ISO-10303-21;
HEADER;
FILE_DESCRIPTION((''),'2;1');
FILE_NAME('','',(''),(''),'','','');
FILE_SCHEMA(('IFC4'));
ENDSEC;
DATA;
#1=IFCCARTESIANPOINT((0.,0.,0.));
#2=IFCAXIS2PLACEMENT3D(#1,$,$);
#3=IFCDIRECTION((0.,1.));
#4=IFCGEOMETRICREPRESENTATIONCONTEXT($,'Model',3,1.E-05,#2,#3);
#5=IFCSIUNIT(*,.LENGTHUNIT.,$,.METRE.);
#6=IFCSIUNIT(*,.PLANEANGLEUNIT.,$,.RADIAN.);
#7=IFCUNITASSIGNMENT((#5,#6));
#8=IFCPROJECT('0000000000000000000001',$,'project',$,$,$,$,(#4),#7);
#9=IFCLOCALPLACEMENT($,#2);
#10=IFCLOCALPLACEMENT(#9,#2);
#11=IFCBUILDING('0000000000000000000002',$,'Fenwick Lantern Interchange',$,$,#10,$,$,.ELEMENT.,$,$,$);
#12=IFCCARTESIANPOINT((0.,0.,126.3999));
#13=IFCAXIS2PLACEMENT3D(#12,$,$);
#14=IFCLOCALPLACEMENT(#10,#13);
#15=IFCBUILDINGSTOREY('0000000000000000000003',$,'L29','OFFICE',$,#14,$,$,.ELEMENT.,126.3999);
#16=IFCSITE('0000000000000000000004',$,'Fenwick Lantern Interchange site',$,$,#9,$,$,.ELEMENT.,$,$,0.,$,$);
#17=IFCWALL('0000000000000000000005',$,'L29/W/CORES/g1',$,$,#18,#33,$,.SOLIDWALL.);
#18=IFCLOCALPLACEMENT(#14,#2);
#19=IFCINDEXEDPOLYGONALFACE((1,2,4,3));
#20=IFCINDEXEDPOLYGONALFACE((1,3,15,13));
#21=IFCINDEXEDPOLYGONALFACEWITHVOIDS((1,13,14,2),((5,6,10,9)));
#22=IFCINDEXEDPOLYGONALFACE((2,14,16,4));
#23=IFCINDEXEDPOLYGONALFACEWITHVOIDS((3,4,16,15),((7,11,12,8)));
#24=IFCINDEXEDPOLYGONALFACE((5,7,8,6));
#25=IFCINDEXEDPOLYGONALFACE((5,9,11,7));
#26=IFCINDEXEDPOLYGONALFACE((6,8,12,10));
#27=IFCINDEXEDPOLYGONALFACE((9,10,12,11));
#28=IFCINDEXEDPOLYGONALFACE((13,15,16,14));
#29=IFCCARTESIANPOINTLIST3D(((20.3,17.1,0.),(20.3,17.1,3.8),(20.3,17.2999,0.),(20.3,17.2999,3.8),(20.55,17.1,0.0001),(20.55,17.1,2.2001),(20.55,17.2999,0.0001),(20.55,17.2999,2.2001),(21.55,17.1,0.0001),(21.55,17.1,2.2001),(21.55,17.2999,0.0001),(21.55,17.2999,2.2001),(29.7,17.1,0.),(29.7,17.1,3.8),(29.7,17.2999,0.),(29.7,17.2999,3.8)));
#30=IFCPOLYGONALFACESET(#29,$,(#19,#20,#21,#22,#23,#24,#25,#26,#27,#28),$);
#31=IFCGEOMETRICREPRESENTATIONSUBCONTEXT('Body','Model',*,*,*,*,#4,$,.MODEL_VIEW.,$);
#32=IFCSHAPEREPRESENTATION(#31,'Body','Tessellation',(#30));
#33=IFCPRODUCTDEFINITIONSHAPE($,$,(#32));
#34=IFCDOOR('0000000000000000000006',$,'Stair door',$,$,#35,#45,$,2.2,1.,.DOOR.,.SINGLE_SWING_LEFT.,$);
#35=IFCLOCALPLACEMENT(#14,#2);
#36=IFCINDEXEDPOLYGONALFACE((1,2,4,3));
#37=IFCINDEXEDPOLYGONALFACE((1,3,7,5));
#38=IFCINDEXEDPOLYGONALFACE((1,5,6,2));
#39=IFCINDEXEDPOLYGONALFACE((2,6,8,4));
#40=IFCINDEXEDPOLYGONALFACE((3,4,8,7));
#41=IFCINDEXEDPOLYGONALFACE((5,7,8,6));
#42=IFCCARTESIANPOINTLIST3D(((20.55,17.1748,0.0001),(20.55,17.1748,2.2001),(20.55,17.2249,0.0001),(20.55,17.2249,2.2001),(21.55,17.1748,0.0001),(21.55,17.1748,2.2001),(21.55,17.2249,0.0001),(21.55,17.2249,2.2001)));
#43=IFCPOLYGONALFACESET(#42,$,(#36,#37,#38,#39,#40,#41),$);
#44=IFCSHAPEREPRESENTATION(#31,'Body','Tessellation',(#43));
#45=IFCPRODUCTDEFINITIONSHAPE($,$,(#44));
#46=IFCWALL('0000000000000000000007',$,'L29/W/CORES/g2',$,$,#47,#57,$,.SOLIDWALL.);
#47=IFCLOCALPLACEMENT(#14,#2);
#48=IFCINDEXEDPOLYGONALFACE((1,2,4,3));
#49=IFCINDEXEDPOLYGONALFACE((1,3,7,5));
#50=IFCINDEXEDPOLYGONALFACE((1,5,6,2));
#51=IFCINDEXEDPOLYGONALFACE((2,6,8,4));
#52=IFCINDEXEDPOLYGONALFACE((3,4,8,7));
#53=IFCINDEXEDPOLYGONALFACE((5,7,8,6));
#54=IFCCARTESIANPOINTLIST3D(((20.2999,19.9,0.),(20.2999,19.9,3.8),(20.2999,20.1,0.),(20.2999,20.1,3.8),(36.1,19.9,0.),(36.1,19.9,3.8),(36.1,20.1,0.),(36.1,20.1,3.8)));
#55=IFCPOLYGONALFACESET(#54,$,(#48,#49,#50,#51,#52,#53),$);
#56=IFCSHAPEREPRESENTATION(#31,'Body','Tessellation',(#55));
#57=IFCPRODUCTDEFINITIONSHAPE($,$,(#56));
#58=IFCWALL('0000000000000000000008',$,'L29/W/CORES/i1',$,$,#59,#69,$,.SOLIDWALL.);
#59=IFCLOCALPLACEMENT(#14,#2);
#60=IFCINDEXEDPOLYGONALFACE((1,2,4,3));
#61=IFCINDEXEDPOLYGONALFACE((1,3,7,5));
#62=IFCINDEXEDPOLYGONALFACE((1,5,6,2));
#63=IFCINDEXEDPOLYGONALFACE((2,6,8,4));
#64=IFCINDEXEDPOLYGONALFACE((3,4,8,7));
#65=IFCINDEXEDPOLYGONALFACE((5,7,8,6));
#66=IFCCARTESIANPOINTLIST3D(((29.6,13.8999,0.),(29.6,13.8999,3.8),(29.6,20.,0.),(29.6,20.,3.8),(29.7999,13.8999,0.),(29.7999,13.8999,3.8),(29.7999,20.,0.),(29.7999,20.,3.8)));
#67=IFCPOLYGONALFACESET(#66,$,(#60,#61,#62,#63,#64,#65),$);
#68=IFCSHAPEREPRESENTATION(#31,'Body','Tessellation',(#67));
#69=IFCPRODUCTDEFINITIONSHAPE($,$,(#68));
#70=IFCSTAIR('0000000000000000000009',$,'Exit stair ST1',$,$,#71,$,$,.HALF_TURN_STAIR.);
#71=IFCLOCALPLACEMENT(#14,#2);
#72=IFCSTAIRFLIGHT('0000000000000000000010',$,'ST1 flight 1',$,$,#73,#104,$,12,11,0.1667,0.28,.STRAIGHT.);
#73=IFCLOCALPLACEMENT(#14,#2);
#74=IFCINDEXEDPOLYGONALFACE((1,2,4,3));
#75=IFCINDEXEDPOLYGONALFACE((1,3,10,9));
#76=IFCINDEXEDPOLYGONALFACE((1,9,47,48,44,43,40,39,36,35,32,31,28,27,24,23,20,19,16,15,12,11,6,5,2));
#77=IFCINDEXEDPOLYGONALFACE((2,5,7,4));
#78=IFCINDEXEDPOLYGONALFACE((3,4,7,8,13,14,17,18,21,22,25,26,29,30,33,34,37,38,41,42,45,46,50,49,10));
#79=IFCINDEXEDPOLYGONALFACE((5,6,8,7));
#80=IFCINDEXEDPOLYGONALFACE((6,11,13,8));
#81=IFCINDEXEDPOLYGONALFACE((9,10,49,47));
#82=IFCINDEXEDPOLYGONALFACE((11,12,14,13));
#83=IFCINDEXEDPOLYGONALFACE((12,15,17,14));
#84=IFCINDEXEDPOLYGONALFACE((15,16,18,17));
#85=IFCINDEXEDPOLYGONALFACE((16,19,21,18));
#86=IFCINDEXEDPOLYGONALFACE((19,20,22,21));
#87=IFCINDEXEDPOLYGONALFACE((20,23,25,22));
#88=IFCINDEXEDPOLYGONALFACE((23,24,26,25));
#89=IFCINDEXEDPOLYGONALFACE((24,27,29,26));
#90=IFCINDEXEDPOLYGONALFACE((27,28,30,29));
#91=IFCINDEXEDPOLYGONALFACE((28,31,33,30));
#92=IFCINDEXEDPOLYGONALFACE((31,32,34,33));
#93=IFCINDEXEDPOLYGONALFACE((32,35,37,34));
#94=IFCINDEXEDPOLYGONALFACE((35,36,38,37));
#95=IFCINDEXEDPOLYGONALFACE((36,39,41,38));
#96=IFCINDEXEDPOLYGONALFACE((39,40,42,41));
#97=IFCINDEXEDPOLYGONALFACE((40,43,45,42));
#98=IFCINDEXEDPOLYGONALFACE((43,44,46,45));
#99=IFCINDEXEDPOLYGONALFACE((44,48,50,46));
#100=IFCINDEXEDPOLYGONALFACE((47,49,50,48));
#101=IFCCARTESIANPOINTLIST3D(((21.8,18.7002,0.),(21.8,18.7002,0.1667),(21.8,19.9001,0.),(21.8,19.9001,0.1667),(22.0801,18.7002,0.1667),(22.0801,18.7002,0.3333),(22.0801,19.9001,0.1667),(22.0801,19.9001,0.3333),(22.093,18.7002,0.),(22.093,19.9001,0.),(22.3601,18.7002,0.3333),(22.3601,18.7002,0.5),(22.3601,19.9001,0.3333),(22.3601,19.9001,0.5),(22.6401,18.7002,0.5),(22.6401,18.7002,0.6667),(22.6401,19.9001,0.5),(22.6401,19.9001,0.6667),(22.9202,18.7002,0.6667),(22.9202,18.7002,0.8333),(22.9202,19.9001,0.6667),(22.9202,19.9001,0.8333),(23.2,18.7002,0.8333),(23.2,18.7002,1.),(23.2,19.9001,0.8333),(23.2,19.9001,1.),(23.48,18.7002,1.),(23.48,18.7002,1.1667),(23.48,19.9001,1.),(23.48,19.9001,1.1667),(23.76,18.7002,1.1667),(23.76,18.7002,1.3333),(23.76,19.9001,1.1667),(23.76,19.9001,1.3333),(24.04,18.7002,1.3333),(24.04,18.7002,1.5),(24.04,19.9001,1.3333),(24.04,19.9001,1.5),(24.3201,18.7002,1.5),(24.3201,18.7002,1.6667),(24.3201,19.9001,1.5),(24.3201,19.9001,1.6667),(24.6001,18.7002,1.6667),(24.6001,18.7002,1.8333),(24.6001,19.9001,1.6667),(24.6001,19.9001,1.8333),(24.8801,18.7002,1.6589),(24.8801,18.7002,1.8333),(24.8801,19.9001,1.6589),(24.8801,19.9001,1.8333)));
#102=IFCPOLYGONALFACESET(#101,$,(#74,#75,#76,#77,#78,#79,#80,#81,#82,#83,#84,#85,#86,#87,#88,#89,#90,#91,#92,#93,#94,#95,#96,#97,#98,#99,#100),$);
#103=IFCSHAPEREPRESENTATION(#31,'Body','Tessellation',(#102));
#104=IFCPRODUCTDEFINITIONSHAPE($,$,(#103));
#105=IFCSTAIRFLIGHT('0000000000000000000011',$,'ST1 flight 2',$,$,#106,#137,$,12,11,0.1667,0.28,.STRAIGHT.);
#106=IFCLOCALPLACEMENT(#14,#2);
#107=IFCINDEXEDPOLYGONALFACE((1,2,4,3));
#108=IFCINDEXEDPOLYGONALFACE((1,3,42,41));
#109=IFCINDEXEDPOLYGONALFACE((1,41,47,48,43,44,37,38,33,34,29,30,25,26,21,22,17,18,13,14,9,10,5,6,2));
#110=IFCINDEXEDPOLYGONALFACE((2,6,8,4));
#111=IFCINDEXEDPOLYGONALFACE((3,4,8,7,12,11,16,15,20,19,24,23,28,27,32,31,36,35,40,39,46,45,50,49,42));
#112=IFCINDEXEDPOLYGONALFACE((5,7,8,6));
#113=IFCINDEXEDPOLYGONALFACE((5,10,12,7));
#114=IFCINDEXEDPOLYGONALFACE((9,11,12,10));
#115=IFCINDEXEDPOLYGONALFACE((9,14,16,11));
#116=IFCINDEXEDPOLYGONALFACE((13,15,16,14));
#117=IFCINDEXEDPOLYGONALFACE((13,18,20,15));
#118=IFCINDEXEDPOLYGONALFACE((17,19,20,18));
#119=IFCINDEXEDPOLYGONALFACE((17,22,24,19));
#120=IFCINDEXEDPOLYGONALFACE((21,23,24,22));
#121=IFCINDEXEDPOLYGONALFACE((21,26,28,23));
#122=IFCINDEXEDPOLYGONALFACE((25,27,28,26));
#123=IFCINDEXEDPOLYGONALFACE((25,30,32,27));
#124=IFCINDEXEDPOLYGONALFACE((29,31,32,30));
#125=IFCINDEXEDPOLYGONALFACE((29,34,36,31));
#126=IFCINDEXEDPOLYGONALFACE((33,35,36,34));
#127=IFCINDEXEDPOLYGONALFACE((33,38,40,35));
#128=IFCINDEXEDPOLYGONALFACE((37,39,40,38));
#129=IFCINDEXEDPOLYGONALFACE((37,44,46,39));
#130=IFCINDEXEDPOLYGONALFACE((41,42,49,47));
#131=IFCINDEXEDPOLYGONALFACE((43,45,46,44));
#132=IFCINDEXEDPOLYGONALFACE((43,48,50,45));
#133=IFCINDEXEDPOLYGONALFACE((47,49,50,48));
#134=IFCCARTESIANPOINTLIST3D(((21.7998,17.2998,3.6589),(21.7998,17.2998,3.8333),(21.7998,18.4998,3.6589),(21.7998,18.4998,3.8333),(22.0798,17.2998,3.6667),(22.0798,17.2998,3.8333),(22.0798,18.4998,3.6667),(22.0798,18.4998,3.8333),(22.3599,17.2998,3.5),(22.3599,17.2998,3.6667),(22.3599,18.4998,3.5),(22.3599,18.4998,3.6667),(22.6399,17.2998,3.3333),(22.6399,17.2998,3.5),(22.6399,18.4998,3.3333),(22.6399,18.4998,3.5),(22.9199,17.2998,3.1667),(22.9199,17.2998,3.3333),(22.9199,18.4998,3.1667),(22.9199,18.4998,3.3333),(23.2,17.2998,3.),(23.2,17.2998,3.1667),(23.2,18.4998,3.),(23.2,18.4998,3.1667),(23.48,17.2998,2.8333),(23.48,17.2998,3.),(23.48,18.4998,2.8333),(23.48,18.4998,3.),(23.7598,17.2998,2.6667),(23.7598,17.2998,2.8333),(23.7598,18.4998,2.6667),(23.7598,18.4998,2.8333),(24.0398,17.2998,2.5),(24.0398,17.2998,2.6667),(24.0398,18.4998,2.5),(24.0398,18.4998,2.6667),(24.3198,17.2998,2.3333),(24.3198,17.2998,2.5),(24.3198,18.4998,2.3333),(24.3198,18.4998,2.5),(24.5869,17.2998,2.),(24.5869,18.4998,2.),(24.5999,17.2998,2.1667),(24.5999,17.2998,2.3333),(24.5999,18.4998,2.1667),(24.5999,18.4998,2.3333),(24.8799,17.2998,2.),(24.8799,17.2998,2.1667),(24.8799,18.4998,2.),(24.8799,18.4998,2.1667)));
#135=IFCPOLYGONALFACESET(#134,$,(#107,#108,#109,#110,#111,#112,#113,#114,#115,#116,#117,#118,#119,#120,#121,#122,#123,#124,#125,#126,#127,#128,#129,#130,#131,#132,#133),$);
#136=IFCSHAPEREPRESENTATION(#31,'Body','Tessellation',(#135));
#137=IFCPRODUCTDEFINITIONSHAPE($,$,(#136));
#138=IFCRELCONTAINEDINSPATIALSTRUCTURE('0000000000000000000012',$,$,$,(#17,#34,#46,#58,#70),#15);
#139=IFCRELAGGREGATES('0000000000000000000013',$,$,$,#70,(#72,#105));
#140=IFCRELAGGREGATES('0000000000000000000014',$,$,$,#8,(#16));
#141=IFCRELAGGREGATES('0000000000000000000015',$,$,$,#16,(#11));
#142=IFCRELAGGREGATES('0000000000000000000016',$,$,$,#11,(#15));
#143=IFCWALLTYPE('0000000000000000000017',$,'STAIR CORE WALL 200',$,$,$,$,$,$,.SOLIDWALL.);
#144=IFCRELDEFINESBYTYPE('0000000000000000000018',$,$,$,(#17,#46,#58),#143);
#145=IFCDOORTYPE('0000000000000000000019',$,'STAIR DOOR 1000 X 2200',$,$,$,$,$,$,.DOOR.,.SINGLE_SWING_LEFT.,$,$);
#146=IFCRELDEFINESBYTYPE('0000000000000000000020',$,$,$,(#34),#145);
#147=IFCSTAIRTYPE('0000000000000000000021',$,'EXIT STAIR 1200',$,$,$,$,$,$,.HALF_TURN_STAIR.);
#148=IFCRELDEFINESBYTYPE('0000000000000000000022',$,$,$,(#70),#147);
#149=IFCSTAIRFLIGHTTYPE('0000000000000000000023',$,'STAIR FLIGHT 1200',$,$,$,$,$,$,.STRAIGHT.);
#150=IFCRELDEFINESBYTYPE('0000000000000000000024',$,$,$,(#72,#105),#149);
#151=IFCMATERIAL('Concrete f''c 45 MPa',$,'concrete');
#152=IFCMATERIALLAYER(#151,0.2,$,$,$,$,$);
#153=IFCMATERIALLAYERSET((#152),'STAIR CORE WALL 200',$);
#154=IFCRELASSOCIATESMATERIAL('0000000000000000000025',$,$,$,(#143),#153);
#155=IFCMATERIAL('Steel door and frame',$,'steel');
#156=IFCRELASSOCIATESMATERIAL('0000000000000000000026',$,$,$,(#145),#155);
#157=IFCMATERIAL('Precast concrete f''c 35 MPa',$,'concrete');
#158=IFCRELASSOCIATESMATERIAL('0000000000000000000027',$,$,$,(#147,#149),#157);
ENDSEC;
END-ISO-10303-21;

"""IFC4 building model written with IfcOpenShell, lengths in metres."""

from ifc_helpers import new_model, si_unit, direction, frame, frame_2d, origin, place, context, subcontext, project, spatial, polyline, rectangle, outline, extrude, material, layer, layer_set, type_object, element, fill, aggregate, save


model = new_model("IFC4")

# Units and contexts
model_context = context("Model", 3, precision=1e-05, world=origin(), true_north=direction((0.0, 1.0)))
body_context = subcontext(model_context, "Body", "Model", "MODEL_VIEW")
ifc_project = project(units=[si_unit("LENGTHUNIT", "METRE"), si_unit("PLANEANGLEUNIT", "RADIAN")], contexts=[model_context])

# Site, building, storey
site_placement = place(None, origin())
site = spatial("IfcSite", under=ifc_project, at=site_placement, Name="Fenwick Lantern Interchange site", CompositionType="ELEMENT", RefElevation=0.0)
building_placement = place(site_placement, origin())
building = spatial("IfcBuilding", under=site, at=building_placement, Name="Fenwick Lantern Interchange", CompositionType="ELEMENT")
storey_placement = place(building_placement, frame((0.0, 0.0, 126.3999)))
storey = spatial("IfcBuildingStorey", under=building, at=storey_placement, Name="L29", Description="OFFICE", CompositionType="ELEMENT", Elevation=126.3999)

# Shared definitions
ifc_material_1 = material(Name="Steel door and frame", Category="steel")

# Shared definitions
ifc_material_2 = material(Name="Concrete f'c 45 MPa", Category="concrete")
ifc_layer_1 = layer(ifc_material_2, 0.2)
ifc_layer_set_1 = layer_set([ifc_layer_1], Name="STAIR CORE WALL 200")
wall_type_1 = type_object("IfcWallType", Name="STAIR CORE WALL 200", PredefinedType="SOLIDWALL", material=ifc_layer_set_1)

# Wall, opening, door
wall_1_placement = place(storey_placement, frame((20.3, 17.2, 0.0), z_axis=(0.0, 0.0, 1.0), x_axis=(1.0, 0.0, 0.0)))
wall_1 = element("IfcWall", 1, at=wall_1_placement, inside=storey, type_object=wall_type_1, Name="L29/W/CORES/g1", PredefinedType="SOLIDWALL", context=body_context, shape_type="SweptSolid", body=[
    extrude(rectangle(XDim=9.3999, YDim=0.2, at=frame_2d((4.7, 0.0))), origin(), (0.0, 0.0, 1.0), 3.8),
])
opening_1_placement = place(wall_1_placement, frame((0.25, 0.0, 0.0)))
opening_1 = element("IfcOpeningElement", 2, at=opening_1_placement, cuts=wall_1, PredefinedType="OPENING", context=body_context, shape_type="SweptSolid", body=[
    extrude(rectangle(XDim=1.0, YDim=2.2, at=frame_2d((0.5, 1.1001))), frame((0.0, 0.1099, 0.0), z_axis=(0.0, -1.0, 0.0), x_axis=(1.0, 0.0, 0.0)), (0.0, 0.0, 1.0), 0.22),
])
door_type_1 = type_object("IfcDoorType", Name="STAIR DOOR 1000 X 2200", OperationType="SINGLE_SWING_LEFT", PredefinedType="DOOR", material=ifc_material_1)
door_1_placement = place(opening_1_placement, origin())
door_1 = element("IfcDoor", 3, at=door_1_placement, inside=storey, type_object=door_type_1, Name="Stair door", OperationType="SINGLE_SWING_LEFT", OverallHeight=2.2, OverallWidth=1.0, PredefinedType="DOOR", context=body_context, shape_type="SweptSolid", body=[
    extrude(rectangle(XDim=1.0, YDim=2.2, at=frame_2d((0.5, 1.1001))), frame((0.0, 0.0249, 0.0), z_axis=(0.0, -1.0, 0.0), x_axis=(1.0, 0.0, 0.0)), (0.0, 0.0, 1.0), 0.05),
])
fill(opening_1, door_1)

# Walls
wall_2_placement = place(storey_placement, frame((20.3, 20.0, 0.0), z_axis=(0.0, 0.0, 1.0), x_axis=(1.0, 0.0, 0.0)))
element("IfcWall", 4, at=wall_2_placement, inside=storey, type_object=wall_type_1, Name="L29/W/CORES/g2", PredefinedType="SOLIDWALL", context=body_context, shape_type="SweptSolid", body=[
    extrude(rectangle(XDim=15.8, YDim=0.2, at=frame_2d((7.8999, 0.0))), origin(), (0.0, 0.0, 1.0), 3.8),
])
wall_3_placement = place(storey_placement, frame((29.7, 13.8999, 0.0), z_axis=(0.0, 0.0, 1.0), x_axis=(0.0, 1.0, 0.0)))
element("IfcWall", 5, at=wall_3_placement, inside=storey, type_object=wall_type_1, Name="L29/W/CORES/i1", PredefinedType="SOLIDWALL", context=body_context, shape_type="SweptSolid", body=[
    extrude(rectangle(XDim=6.1001, YDim=0.2, at=frame_2d((3.05, 0.0))), origin(), (0.0, 0.0, 1.0), 3.8),
])

# Stair, stair flights
ifc_material_3 = material(Name="Precast concrete f'c 35 MPa", Category="concrete")
stair_type = type_object("IfcStairType", Name="EXIT STAIR 1200", PredefinedType="HALF_TURN_STAIR", material=ifc_material_3)
stair_placement = place(storey_placement, origin())
stair = element("IfcStair", 6, at=stair_placement, inside=storey, type_object=stair_type, Name="Exit stair ST1", PredefinedType="HALF_TURN_STAIR")
stair_flight_type = type_object("IfcStairFlightType", Name="STAIR FLIGHT 1200", PredefinedType="STRAIGHT", material=ifc_material_3)
stair_flight_1_placement = place(storey_placement, frame((21.8, 19.3, 0.0), z_axis=(0.0, 0.0, 1.0), x_axis=(1.0, 0.0, 0.0)))
stair_flight_1 = element("IfcStairFlight", 7, at=stair_flight_1_placement, type_object=stair_flight_type, Name="ST1 flight 1", NumberOfRisers=12, NumberOfTreads=11, PredefinedType="STRAIGHT", RiserHeight=0.1667, TreadLength=0.28, context=body_context, shape_type="SweptSolid", body=[
    extrude(outline(polyline([(0.0, 0.0), (0.0, 0.1667), (0.28, 0.1667), (0.28, 0.3333), (0.5601, 0.3333), (0.5601, 0.5), (0.8401, 0.5), (0.8401, 0.6667), (1.1201, 0.6667), (1.1201, 0.8333), (1.3999, 0.8333), (1.3999, 1.0), (1.6799, 1.0), (1.6799, 1.1667), (1.96, 1.1667), (1.96, 1.3333), (2.24, 1.3333), (2.24, 1.5), (2.52, 1.5), (2.52, 1.6667), (2.8, 1.6667), (2.8, 1.8333), (3.0801, 1.8333), (3.0801, 2.0), (3.0801, 1.6589), (0.293, 0.0), (0.0, 0.0)])), frame((0.0, 0.6001, 0.0), z_axis=(0.0, -1.0, 0.0), x_axis=(1.0, 0.0, 0.0)), (0.0, 0.0, 1.0), 1.2),
])
stair_flight_2_placement = place(storey_placement, frame((24.8799, 17.8999, 2.0), z_axis=(0.0, 0.0, 1.0), x_axis=(-1.0, 0.0, 0.0)))
stair_flight_2 = element("IfcStairFlight", 8, at=stair_flight_2_placement, type_object=stair_flight_type, Name="ST1 flight 2", NumberOfRisers=12, NumberOfTreads=11, PredefinedType="STRAIGHT", RiserHeight=0.1667, TreadLength=0.28, context=body_context, shape_type="SweptSolid", body=[
    extrude(outline(polyline([(0.0, 0.0), (0.0, 0.1667), (0.28, 0.1667), (0.28, 0.3333), (0.5601, 0.3333), (0.5601, 0.5), (0.8401, 0.5), (0.8401, 0.6667), (1.1201, 0.6667), (1.1201, 0.8333), (1.3999, 0.8333), (1.3999, 1.0), (1.6799, 1.0), (1.6799, 1.1667), (1.96, 1.1667), (1.96, 1.3333), (2.24, 1.3333), (2.24, 1.5), (2.52, 1.5), (2.52, 1.6667), (2.8, 1.6667), (2.8, 1.8333), (3.0801, 1.8333), (3.0801, 2.0), (3.0801, 1.6589), (0.293, 0.0), (0.0, 0.0)])), frame((0.0, 0.6001, 0.0), z_axis=(0.0, -1.0, 0.0), x_axis=(1.0, 0.0, 0.0)), (0.0, 0.0, 1.0), 1.2),
])
aggregate(stair, [stair_flight_1, stair_flight_2])

save(model, "model.ifc")
